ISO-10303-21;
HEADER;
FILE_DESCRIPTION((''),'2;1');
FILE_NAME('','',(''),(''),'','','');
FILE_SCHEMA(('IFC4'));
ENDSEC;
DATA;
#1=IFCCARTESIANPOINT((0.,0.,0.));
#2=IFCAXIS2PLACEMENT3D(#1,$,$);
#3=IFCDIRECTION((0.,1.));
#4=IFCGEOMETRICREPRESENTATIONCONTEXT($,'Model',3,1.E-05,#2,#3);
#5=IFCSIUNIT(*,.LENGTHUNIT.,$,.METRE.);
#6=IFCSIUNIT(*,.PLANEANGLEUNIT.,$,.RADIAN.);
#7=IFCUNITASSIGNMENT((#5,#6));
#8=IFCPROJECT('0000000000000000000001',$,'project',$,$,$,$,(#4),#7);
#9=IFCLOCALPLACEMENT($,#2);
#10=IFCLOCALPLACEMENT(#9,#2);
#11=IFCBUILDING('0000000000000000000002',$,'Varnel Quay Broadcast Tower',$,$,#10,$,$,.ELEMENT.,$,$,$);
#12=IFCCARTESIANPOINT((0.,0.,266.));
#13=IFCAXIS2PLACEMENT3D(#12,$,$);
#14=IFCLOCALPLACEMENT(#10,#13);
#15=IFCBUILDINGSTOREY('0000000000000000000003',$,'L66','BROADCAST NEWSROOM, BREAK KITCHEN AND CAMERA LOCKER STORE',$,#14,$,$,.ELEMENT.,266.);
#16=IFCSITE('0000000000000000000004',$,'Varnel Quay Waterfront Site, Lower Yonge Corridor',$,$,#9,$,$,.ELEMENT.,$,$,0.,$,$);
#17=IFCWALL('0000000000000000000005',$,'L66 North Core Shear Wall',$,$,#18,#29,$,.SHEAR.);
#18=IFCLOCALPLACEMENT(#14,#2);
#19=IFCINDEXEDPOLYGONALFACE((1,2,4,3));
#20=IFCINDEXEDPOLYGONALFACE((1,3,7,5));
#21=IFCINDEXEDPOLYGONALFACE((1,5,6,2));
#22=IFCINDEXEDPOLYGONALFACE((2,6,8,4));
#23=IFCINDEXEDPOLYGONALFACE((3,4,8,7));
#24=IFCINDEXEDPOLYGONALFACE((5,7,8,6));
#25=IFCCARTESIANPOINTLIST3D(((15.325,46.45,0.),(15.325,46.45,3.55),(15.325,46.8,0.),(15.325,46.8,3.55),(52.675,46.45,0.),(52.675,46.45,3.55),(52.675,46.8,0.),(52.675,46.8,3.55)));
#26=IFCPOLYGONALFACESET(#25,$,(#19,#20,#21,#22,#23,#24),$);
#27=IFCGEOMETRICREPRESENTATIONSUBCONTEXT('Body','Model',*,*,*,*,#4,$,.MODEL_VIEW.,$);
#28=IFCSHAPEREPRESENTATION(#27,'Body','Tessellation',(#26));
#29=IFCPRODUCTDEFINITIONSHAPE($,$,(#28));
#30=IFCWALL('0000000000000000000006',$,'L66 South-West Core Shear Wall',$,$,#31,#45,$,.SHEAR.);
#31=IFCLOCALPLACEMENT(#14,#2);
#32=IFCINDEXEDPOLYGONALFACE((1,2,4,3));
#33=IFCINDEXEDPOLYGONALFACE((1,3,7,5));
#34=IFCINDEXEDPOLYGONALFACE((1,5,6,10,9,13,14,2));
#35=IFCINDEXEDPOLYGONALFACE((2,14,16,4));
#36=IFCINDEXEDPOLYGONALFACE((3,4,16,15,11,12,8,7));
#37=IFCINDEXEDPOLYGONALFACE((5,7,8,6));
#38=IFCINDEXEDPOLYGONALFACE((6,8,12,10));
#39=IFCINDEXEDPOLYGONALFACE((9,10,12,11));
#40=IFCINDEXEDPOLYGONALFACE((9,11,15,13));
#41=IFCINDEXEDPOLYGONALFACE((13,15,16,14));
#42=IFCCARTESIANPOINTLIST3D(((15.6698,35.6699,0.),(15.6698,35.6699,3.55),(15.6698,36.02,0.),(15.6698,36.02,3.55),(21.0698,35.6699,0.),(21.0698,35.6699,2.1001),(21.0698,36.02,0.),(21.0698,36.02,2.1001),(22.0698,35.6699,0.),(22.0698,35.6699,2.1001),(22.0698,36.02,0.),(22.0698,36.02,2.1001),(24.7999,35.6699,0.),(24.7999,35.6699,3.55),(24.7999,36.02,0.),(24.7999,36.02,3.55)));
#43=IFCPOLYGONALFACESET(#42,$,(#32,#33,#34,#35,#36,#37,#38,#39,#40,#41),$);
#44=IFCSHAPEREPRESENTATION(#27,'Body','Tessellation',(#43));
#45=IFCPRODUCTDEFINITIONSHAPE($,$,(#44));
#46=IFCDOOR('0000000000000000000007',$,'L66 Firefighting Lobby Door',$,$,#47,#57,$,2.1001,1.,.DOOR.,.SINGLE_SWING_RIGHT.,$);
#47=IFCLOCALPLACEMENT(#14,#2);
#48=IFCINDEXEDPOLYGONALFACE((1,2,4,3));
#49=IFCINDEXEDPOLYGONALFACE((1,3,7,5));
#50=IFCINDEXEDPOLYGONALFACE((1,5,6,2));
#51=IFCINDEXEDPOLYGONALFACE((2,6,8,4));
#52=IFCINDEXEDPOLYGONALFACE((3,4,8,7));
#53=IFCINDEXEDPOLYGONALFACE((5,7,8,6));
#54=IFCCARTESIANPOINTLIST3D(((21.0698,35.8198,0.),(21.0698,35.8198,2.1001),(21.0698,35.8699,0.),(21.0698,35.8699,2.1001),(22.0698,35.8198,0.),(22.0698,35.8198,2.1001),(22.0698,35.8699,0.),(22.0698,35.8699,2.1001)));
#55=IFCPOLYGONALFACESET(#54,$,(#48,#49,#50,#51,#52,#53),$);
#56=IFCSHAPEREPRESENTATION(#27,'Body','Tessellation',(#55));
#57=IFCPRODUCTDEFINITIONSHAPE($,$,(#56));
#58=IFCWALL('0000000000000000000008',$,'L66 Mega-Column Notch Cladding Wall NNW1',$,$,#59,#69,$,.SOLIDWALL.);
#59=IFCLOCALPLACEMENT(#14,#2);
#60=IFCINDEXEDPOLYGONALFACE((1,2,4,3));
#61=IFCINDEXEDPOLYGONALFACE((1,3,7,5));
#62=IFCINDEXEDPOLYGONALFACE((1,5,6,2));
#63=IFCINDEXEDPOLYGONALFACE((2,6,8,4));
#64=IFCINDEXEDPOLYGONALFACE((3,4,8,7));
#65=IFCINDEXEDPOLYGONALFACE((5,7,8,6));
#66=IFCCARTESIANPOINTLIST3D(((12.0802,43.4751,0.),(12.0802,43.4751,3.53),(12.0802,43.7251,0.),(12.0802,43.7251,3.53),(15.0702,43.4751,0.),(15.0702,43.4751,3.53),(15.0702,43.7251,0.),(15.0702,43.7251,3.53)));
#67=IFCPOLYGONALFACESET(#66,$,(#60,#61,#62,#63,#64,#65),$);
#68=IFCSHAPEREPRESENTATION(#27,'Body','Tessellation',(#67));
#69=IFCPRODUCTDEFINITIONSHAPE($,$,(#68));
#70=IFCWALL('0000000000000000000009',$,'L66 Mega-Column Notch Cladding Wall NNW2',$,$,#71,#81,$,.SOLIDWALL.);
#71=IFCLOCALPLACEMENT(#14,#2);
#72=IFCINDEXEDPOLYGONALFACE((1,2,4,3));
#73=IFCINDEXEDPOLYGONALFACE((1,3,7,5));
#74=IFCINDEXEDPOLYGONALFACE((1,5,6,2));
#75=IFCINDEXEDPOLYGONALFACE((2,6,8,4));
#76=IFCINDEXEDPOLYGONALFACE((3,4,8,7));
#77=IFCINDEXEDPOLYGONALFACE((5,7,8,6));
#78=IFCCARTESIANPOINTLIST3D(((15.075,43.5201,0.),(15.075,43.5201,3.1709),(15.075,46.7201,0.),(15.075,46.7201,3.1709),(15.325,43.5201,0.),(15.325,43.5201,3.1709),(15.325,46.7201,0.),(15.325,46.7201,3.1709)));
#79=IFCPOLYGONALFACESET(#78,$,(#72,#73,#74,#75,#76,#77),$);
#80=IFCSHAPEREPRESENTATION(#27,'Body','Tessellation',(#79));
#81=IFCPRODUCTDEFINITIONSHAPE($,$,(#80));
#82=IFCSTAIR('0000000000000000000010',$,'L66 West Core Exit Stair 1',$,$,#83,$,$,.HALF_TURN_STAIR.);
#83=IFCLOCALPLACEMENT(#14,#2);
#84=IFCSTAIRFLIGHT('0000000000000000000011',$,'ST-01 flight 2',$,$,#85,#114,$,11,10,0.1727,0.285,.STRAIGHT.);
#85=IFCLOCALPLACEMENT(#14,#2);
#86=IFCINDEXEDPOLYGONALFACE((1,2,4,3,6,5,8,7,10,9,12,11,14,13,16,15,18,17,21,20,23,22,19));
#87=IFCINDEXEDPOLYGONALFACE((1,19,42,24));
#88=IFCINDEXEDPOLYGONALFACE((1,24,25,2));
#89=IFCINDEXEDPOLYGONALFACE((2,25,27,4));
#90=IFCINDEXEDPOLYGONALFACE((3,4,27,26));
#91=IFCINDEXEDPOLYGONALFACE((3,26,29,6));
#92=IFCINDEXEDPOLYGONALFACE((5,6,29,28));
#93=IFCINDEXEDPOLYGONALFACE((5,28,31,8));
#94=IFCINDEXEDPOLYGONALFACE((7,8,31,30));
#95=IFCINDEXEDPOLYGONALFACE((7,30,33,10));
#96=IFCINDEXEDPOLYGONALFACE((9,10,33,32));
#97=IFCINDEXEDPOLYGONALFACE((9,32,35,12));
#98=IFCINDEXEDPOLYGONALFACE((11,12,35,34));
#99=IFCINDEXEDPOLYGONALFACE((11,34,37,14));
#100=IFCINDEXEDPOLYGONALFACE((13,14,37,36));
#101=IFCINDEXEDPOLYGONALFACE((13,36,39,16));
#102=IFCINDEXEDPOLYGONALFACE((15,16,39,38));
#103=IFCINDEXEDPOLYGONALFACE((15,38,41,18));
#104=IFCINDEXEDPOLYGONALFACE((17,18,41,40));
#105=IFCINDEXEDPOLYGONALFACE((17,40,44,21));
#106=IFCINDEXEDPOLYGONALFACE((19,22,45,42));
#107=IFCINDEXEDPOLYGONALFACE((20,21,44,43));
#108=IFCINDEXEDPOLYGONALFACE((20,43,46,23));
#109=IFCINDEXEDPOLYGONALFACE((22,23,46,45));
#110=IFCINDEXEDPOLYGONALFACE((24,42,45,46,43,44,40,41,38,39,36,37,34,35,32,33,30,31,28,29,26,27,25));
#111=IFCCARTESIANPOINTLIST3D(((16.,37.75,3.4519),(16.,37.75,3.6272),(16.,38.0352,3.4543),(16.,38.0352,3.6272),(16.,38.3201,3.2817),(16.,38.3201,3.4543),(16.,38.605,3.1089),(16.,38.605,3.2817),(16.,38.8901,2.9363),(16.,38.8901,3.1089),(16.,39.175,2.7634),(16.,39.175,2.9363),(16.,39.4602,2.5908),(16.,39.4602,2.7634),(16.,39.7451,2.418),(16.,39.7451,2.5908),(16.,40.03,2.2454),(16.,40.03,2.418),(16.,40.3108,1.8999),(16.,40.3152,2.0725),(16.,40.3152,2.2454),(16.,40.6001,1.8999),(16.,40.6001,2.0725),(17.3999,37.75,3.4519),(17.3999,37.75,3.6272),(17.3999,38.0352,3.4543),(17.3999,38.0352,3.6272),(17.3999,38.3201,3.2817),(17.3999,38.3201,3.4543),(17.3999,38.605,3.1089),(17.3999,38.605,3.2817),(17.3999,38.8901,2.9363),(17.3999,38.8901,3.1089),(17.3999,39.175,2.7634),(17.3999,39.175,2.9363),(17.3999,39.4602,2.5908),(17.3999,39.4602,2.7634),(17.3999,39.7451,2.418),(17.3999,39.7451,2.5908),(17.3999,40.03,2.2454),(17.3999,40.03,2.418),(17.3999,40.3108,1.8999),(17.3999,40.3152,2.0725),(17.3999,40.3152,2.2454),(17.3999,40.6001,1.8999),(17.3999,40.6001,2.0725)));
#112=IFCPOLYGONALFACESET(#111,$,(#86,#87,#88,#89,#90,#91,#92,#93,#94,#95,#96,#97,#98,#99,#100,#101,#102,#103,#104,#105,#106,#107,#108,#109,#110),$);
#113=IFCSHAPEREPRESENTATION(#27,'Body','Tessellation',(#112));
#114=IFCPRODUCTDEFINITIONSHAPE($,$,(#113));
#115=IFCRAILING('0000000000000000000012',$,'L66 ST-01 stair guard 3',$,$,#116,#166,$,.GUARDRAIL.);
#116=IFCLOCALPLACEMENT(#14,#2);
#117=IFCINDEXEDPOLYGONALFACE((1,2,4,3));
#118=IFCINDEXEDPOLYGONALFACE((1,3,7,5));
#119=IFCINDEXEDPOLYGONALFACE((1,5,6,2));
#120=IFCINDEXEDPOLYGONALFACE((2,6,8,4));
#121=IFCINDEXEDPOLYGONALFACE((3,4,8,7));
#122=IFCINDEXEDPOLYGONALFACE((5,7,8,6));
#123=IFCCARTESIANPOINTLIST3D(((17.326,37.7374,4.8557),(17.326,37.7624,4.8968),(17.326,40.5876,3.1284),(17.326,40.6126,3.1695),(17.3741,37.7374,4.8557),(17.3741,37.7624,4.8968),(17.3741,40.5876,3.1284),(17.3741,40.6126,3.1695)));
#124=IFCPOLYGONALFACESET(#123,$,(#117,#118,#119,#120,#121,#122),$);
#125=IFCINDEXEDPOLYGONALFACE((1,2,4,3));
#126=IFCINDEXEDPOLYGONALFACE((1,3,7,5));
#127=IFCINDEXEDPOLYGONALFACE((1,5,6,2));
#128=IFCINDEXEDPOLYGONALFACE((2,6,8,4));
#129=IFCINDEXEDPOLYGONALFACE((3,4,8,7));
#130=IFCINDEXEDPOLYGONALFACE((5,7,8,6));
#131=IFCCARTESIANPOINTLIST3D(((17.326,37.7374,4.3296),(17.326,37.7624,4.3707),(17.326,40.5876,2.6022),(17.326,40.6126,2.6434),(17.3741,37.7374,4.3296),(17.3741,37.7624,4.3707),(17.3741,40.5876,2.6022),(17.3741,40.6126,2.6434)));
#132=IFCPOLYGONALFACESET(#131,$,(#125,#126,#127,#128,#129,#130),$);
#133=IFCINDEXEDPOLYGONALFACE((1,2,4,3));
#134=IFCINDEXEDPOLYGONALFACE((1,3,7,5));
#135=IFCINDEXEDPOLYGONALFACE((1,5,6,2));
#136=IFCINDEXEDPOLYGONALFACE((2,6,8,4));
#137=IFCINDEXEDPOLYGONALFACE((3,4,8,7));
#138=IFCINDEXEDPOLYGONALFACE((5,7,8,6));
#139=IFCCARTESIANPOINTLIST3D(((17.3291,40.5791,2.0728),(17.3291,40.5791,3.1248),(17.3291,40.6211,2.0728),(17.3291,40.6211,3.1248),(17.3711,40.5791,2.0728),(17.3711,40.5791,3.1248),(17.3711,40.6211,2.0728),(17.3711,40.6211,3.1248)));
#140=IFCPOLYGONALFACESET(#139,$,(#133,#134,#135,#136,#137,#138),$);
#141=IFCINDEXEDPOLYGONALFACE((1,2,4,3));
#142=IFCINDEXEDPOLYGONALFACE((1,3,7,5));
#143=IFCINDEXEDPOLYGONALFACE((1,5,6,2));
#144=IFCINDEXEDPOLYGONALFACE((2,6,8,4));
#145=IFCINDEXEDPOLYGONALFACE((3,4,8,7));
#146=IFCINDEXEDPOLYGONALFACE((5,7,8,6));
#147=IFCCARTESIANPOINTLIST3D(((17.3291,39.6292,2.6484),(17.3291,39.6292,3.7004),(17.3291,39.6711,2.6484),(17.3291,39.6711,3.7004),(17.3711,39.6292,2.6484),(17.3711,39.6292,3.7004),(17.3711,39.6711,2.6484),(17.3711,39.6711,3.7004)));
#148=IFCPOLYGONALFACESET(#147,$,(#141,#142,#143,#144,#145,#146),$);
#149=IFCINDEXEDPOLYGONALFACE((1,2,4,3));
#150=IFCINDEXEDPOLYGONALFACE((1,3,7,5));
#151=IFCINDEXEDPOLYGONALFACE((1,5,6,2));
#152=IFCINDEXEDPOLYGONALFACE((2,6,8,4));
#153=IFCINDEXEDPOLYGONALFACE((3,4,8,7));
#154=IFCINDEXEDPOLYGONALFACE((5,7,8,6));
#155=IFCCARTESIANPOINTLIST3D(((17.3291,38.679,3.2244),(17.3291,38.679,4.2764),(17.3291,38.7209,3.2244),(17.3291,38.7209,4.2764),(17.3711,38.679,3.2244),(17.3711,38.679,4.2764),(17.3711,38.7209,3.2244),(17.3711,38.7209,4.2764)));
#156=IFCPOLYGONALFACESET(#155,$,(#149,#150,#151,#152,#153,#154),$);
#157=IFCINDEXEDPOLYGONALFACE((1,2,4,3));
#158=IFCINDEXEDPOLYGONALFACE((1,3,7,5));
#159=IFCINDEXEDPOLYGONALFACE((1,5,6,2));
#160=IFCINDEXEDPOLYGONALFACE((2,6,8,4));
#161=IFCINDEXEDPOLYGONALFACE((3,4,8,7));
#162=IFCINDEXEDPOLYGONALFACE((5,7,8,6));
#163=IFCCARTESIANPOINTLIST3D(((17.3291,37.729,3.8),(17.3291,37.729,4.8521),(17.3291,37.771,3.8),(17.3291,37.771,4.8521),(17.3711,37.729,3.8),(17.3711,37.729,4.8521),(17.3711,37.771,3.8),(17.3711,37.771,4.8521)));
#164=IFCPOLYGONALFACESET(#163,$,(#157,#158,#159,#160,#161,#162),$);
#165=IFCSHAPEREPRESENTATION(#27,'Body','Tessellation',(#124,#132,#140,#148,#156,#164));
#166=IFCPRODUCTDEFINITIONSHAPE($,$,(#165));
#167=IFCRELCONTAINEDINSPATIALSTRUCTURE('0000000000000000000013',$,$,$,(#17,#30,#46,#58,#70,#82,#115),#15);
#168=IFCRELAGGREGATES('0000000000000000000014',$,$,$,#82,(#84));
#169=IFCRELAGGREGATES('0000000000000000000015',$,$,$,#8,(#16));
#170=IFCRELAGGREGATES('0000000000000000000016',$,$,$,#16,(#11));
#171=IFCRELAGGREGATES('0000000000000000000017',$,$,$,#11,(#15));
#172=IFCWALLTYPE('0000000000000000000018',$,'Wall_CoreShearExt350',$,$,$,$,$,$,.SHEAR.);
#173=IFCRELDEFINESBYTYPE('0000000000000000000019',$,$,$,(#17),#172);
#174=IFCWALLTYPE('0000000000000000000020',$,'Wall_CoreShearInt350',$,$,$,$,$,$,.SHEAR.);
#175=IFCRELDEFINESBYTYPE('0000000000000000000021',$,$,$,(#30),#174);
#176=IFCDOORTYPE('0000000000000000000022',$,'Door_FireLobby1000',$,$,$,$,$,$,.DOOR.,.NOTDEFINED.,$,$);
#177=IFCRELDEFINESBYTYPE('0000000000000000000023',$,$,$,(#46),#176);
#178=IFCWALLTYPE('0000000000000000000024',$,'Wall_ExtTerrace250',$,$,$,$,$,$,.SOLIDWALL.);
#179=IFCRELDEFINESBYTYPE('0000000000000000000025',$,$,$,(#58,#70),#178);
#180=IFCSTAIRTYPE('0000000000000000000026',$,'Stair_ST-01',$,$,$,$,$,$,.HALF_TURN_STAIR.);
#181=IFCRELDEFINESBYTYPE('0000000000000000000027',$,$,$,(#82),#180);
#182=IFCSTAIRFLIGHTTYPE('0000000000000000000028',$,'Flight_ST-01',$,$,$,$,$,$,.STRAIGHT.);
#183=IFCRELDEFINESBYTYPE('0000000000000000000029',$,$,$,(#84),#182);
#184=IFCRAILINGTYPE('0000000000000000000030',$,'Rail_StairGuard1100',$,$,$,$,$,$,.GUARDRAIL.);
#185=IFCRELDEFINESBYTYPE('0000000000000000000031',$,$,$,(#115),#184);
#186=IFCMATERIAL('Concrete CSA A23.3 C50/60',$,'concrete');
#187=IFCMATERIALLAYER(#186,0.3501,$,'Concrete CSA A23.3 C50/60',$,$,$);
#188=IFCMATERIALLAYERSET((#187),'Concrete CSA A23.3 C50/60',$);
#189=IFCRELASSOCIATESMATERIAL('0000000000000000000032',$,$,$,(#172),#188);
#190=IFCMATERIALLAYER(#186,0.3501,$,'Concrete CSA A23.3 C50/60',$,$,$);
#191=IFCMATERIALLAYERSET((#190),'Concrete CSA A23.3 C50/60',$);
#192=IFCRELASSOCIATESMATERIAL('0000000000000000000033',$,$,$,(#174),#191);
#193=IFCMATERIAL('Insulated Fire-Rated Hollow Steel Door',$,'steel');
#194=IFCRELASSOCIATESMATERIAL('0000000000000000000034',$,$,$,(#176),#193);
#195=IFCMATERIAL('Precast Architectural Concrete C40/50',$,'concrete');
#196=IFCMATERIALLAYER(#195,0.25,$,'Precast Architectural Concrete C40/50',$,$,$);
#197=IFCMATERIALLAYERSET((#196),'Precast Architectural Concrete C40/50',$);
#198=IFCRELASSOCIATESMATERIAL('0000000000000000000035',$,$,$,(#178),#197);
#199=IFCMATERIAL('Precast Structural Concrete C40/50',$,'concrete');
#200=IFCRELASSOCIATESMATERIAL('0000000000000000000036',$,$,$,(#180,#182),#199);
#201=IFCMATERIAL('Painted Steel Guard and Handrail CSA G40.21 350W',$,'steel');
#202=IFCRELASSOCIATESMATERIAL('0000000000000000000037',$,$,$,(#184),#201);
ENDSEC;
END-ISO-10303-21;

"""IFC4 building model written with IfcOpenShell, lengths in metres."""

from ifc_helpers import new_model, si_unit, direction, frame, frame_2d, origin, origin_2d, place, context, subcontext, project, spatial, polyline, rectangle, outline, extrude, source, transform, mapped, material, layer, layer_set, type_object, type_shapes, element, fill, aggregate, save


model = new_model("IFC4")

# Units and contexts
model_context = context("Model", 3, precision=1e-05, world=origin(), true_north=direction((0.0, 1.0)))
body_context = subcontext(model_context, "Body", "Model", "MODEL_VIEW")
ifc_project = project(units=[si_unit("LENGTHUNIT", "METRE"), si_unit("PLANEANGLEUNIT", "RADIAN")], contexts=[model_context])

# Site, building, storey
site_placement = place(None, origin())
site = spatial("IfcSite", under=ifc_project, at=site_placement, Name="Varnel Quay Waterfront Site, Lower Yonge Corridor", CompositionType="ELEMENT", RefElevation=0.0)
building_placement = place(site_placement, origin())
building = spatial("IfcBuilding", under=site, at=building_placement, Name="Varnel Quay Broadcast Tower", CompositionType="ELEMENT")
storey_placement = place(building_placement, frame((0.0, 0.0, 266.0)))
storey = spatial("IfcBuildingStorey", under=building, at=storey_placement, Name="L66", Description="BROADCAST NEWSROOM, BREAK KITCHEN AND CAMERA LOCKER STORE", CompositionType="ELEMENT", Elevation=266.0)

# Wall
ifc_material_1 = material(Name="Concrete CSA A23.3 C50/60", Category="concrete")
ifc_layer_1 = layer(ifc_material_1, 0.3501, Name="Concrete CSA A23.3 C50/60")
ifc_layer_set_1 = layer_set([ifc_layer_1], Name="Concrete CSA A23.3 C50/60")
wall_type_1 = type_object("IfcWallType", Name="Wall_CoreShearExt350", PredefinedType="SHEAR", material=ifc_layer_set_1)
wall_1_placement = place(storey_placement, frame((15.325, 46.625, 0.0), z_axis=(0.0, 0.0, 1.0), x_axis=(1.0, 0.0, 0.0)))
element("IfcWall", 1, at=wall_1_placement, inside=storey, type_object=wall_type_1, Name="L66 North Core Shear Wall", PredefinedType="SHEAR", context=body_context, shape_type="SweptSolid", body=[
    extrude(rectangle(XDim=37.3501, YDim=0.3501, at=frame_2d((18.675, 0.0))), origin(), (0.0, 0.0, 1.0), 3.55),
])

# Wall, opening, door
ifc_layer_2 = layer(ifc_material_1, 0.3501, Name="Concrete CSA A23.3 C50/60")
ifc_layer_set_2 = layer_set([ifc_layer_2], Name="Concrete CSA A23.3 C50/60")
wall_type_2 = type_object("IfcWallType", Name="Wall_CoreShearInt350", PredefinedType="SHEAR", material=ifc_layer_set_2)
wall_2_placement = place(storey_placement, frame((15.6699, 35.845, 0.0), z_axis=(0.0, 0.0, 1.0), x_axis=(1.0, 0.0, 0.0)))
wall_2 = element("IfcWall", 2, at=wall_2_placement, inside=storey, type_object=wall_type_2, Name="L66 South-West Core Shear Wall", PredefinedType="SHEAR", context=body_context, shape_type="SweptSolid", body=[
    extrude(rectangle(XDim=9.1301, YDim=0.3501, at=frame_2d((4.5649, 0.0))), origin(), (0.0, 0.0, 1.0), 3.55),
])
opening_placement = place(wall_2_placement, frame((5.3999, 0.0, 0.0)))
opening = element("IfcOpeningElement", 3, at=opening_placement, cuts=wall_2, PredefinedType="OPENING", context=body_context, shape_type="SweptSolid", body=[
    extrude(rectangle(XDim=1.0, YDim=2.1001, at=frame_2d((0.5, 1.05))), frame((0.0, 0.1851, 0.0), z_axis=(0.0, -1.0, 0.0), x_axis=(1.0, 0.0, 0.0)), (0.0, 0.0, 1.0), 0.3701),
])
ifc_material_2 = material(Name="Insulated Fire-Rated Hollow Steel Door", Category="steel")
door_type = type_object("IfcDoorType", Name="Door_FireLobby1000", OperationType="NOTDEFINED", PredefinedType="DOOR", material=ifc_material_2)
shared_shape_1 = source(origin(), body_context, "Body", "SweptSolid", [
    extrude(rectangle(XDim=1.0, YDim=2.1001, at=frame_2d((0.5, 1.05))), frame((0.0, 0.0249, 0.0), z_axis=(0.0, -1.0, 0.0), x_axis=(1.0, 0.0, 0.0)), (0.0, 0.0, 1.0), 0.05),
])
type_shapes(door_type, [shared_shape_1])
door_placement = place(opening_placement, origin())
door = element("IfcDoor", 4, at=door_placement, inside=storey, type_object=door_type, Name="L66 Firefighting Lobby Door", OperationType="SINGLE_SWING_RIGHT", OverallHeight=2.1001, OverallWidth=1.0, PredefinedType="DOOR", context=body_context, shape_type="MappedRepresentation", body=[
    mapped(shared_shape_1, transform((0.0, 0.0, 0.0), x_axis=(1.0, 0.0, 0.0), y_axis=(0.0, 1.0, 0.0), z_axis=(0.0, 0.0, 1.0), scale=1.0)),
])
fill(opening, door)

# Walls
ifc_material_3 = material(Name="Precast Architectural Concrete C40/50", Category="concrete")
ifc_layer_3 = layer(ifc_material_3, 0.25, Name="Precast Architectural Concrete C40/50")
ifc_layer_set_3 = layer_set([ifc_layer_3], Name="Precast Architectural Concrete C40/50")
wall_type_3 = type_object("IfcWallType", Name="Wall_ExtTerrace250", PredefinedType="SOLIDWALL", material=ifc_layer_set_3)
wall_3_placement = place(storey_placement, frame((12.0801, 43.6001, 0.0), z_axis=(0.0, 0.0, 1.0), x_axis=(1.0, 0.0, 0.0)))
element("IfcWall", 5, at=wall_3_placement, inside=storey, type_object=wall_type_3, Name="L66 Mega-Column Notch Cladding Wall NNW1", PredefinedType="SOLIDWALL", context=body_context, shape_type="SweptSolid", body=[
    extrude(rectangle(XDim=2.99, YDim=0.25, at=frame_2d((1.4951, 0.0))), origin(), (0.0, 0.0, 1.0), 3.53),
])
wall_4_placement = place(storey_placement, frame((15.2, 43.52, 0.0), z_axis=(0.0, 0.0, 1.0), x_axis=(0.0, 1.0, 0.0)))
element("IfcWall", 6, at=wall_4_placement, inside=storey, type_object=wall_type_3, Name="L66 Mega-Column Notch Cladding Wall NNW2", PredefinedType="SOLIDWALL", context=body_context, shape_type="SweptSolid", body=[
    extrude(rectangle(XDim=3.2, YDim=0.25, at=frame_2d((1.6001, 0.0))), origin(), (0.0, 0.0, 1.0), 3.1709),
])

# Stair, stair flight
ifc_material_4 = material(Name="Precast Structural Concrete C40/50", Category="concrete")
stair_type = type_object("IfcStairType", Name="Stair_ST-01", PredefinedType="HALF_TURN_STAIR", material=ifc_material_4)
stair_placement = place(storey_placement, origin())
stair = element("IfcStair", 7, at=stair_placement, inside=storey, type_object=stair_type, Name="L66 West Core Exit Stair 1", PredefinedType="HALF_TURN_STAIR")
stair_flight_type = type_object("IfcStairFlightType", Name="Flight_ST-01", PredefinedType="STRAIGHT", material=ifc_material_4)
stair_flight_placement = place(storey_placement, frame((16.7, 40.6001, 1.8999), z_axis=(0.0, 0.0, 1.0), x_axis=(0.0, -1.0, 0.0)))
stair_flight = element("IfcStairFlight", 8, at=stair_flight_placement, type_object=stair_flight_type, Name="ST-01 flight 2", NumberOfRisers=11, NumberOfTreads=10, PredefinedType="STRAIGHT", RiserHeight=0.1727, TreadLength=0.285, context=body_context, shape_type="SweptSolid", body=[
    extrude(outline(polyline([(0.0, 0.0), (0.0, 0.1726), (0.2849, 0.1726), (0.2849, 0.3455), (0.5701, 0.3455), (0.5701, 0.5181), (0.855, 0.5181), (0.855, 0.6909), (1.1399, 0.6909), (1.1399, 0.8635), (1.425, 0.8635), (1.425, 1.0364), (1.71, 1.0364), (1.71, 1.209), (1.9951, 1.209), (1.9951, 1.3818), (2.28, 1.3818), (2.28, 1.5544), (2.5649, 1.5544), (2.5649, 1.7273), (2.8501, 1.7273), (2.8501, 1.8999), (2.8501, 1.552), (0.2893, 0.0), (0.0, 0.0)])), frame((0.0, 0.7, 0.0), z_axis=(0.0, -1.0, 0.0), x_axis=(1.0, 0.0, 0.0)), (0.0, 0.0, 1.0), 1.3999),
])
aggregate(stair, [stair_flight])

# Railing
ifc_material_5 = material(Name="Painted Steel Guard and Handrail CSA G40.21 350W", Category="steel")
railing_type_1 = type_object("IfcRailingType", Name="Rail_StairGuard1100", PredefinedType="GUARDRAIL", material=ifc_material_5)
railing_1_placement = place(storey_placement, frame((17.3501, 40.6001, 2.0728)))
element("IfcRailing", 9, at=railing_1_placement, inside=storey, type_object=railing_type_1, Name="L66 ST-01 stair guard 3", PredefinedType="GUARDRAIL", context=body_context, shape_type="SweptSolid", body=[
    extrude(rectangle(XDim=0.0481, YDim=0.0481, at=origin_2d()), frame((0.0, 0.0, 1.0762), z_axis=(0.0, -0.855203, 0.518294), x_axis=(1.0, 0.0, 0.0)), (0.0, 0.0, 1.0), 3.3328),
    extrude(rectangle(XDim=0.0481, YDim=0.0481, at=origin_2d()), frame((0.0, 0.0, 0.55), z_axis=(0.0, -0.855203, 0.518294), x_axis=(1.0, 0.0, 0.0)), (0.0, 0.0, 1.0), 3.3328),
    extrude(rectangle(XDim=0.042, YDim=0.042, at=origin_2d()), origin(), (0.0, 0.0, 1.0), 1.052),
    extrude(rectangle(XDim=0.042, YDim=0.042, at=origin_2d()), frame((0.0, -0.95, 0.5757)), (0.0, 0.0, 1.0), 1.052),
    extrude(rectangle(XDim=0.042, YDim=0.042, at=origin_2d()), frame((0.0, -1.9001, 1.1516)), (0.0, 0.0, 1.0), 1.052),
    extrude(rectangle(XDim=0.042, YDim=0.042, at=origin_2d()), frame((0.0, -2.8501, 1.7273)), (0.0, 0.0, 1.0), 1.052),
])

save(model, "model.ifc")
